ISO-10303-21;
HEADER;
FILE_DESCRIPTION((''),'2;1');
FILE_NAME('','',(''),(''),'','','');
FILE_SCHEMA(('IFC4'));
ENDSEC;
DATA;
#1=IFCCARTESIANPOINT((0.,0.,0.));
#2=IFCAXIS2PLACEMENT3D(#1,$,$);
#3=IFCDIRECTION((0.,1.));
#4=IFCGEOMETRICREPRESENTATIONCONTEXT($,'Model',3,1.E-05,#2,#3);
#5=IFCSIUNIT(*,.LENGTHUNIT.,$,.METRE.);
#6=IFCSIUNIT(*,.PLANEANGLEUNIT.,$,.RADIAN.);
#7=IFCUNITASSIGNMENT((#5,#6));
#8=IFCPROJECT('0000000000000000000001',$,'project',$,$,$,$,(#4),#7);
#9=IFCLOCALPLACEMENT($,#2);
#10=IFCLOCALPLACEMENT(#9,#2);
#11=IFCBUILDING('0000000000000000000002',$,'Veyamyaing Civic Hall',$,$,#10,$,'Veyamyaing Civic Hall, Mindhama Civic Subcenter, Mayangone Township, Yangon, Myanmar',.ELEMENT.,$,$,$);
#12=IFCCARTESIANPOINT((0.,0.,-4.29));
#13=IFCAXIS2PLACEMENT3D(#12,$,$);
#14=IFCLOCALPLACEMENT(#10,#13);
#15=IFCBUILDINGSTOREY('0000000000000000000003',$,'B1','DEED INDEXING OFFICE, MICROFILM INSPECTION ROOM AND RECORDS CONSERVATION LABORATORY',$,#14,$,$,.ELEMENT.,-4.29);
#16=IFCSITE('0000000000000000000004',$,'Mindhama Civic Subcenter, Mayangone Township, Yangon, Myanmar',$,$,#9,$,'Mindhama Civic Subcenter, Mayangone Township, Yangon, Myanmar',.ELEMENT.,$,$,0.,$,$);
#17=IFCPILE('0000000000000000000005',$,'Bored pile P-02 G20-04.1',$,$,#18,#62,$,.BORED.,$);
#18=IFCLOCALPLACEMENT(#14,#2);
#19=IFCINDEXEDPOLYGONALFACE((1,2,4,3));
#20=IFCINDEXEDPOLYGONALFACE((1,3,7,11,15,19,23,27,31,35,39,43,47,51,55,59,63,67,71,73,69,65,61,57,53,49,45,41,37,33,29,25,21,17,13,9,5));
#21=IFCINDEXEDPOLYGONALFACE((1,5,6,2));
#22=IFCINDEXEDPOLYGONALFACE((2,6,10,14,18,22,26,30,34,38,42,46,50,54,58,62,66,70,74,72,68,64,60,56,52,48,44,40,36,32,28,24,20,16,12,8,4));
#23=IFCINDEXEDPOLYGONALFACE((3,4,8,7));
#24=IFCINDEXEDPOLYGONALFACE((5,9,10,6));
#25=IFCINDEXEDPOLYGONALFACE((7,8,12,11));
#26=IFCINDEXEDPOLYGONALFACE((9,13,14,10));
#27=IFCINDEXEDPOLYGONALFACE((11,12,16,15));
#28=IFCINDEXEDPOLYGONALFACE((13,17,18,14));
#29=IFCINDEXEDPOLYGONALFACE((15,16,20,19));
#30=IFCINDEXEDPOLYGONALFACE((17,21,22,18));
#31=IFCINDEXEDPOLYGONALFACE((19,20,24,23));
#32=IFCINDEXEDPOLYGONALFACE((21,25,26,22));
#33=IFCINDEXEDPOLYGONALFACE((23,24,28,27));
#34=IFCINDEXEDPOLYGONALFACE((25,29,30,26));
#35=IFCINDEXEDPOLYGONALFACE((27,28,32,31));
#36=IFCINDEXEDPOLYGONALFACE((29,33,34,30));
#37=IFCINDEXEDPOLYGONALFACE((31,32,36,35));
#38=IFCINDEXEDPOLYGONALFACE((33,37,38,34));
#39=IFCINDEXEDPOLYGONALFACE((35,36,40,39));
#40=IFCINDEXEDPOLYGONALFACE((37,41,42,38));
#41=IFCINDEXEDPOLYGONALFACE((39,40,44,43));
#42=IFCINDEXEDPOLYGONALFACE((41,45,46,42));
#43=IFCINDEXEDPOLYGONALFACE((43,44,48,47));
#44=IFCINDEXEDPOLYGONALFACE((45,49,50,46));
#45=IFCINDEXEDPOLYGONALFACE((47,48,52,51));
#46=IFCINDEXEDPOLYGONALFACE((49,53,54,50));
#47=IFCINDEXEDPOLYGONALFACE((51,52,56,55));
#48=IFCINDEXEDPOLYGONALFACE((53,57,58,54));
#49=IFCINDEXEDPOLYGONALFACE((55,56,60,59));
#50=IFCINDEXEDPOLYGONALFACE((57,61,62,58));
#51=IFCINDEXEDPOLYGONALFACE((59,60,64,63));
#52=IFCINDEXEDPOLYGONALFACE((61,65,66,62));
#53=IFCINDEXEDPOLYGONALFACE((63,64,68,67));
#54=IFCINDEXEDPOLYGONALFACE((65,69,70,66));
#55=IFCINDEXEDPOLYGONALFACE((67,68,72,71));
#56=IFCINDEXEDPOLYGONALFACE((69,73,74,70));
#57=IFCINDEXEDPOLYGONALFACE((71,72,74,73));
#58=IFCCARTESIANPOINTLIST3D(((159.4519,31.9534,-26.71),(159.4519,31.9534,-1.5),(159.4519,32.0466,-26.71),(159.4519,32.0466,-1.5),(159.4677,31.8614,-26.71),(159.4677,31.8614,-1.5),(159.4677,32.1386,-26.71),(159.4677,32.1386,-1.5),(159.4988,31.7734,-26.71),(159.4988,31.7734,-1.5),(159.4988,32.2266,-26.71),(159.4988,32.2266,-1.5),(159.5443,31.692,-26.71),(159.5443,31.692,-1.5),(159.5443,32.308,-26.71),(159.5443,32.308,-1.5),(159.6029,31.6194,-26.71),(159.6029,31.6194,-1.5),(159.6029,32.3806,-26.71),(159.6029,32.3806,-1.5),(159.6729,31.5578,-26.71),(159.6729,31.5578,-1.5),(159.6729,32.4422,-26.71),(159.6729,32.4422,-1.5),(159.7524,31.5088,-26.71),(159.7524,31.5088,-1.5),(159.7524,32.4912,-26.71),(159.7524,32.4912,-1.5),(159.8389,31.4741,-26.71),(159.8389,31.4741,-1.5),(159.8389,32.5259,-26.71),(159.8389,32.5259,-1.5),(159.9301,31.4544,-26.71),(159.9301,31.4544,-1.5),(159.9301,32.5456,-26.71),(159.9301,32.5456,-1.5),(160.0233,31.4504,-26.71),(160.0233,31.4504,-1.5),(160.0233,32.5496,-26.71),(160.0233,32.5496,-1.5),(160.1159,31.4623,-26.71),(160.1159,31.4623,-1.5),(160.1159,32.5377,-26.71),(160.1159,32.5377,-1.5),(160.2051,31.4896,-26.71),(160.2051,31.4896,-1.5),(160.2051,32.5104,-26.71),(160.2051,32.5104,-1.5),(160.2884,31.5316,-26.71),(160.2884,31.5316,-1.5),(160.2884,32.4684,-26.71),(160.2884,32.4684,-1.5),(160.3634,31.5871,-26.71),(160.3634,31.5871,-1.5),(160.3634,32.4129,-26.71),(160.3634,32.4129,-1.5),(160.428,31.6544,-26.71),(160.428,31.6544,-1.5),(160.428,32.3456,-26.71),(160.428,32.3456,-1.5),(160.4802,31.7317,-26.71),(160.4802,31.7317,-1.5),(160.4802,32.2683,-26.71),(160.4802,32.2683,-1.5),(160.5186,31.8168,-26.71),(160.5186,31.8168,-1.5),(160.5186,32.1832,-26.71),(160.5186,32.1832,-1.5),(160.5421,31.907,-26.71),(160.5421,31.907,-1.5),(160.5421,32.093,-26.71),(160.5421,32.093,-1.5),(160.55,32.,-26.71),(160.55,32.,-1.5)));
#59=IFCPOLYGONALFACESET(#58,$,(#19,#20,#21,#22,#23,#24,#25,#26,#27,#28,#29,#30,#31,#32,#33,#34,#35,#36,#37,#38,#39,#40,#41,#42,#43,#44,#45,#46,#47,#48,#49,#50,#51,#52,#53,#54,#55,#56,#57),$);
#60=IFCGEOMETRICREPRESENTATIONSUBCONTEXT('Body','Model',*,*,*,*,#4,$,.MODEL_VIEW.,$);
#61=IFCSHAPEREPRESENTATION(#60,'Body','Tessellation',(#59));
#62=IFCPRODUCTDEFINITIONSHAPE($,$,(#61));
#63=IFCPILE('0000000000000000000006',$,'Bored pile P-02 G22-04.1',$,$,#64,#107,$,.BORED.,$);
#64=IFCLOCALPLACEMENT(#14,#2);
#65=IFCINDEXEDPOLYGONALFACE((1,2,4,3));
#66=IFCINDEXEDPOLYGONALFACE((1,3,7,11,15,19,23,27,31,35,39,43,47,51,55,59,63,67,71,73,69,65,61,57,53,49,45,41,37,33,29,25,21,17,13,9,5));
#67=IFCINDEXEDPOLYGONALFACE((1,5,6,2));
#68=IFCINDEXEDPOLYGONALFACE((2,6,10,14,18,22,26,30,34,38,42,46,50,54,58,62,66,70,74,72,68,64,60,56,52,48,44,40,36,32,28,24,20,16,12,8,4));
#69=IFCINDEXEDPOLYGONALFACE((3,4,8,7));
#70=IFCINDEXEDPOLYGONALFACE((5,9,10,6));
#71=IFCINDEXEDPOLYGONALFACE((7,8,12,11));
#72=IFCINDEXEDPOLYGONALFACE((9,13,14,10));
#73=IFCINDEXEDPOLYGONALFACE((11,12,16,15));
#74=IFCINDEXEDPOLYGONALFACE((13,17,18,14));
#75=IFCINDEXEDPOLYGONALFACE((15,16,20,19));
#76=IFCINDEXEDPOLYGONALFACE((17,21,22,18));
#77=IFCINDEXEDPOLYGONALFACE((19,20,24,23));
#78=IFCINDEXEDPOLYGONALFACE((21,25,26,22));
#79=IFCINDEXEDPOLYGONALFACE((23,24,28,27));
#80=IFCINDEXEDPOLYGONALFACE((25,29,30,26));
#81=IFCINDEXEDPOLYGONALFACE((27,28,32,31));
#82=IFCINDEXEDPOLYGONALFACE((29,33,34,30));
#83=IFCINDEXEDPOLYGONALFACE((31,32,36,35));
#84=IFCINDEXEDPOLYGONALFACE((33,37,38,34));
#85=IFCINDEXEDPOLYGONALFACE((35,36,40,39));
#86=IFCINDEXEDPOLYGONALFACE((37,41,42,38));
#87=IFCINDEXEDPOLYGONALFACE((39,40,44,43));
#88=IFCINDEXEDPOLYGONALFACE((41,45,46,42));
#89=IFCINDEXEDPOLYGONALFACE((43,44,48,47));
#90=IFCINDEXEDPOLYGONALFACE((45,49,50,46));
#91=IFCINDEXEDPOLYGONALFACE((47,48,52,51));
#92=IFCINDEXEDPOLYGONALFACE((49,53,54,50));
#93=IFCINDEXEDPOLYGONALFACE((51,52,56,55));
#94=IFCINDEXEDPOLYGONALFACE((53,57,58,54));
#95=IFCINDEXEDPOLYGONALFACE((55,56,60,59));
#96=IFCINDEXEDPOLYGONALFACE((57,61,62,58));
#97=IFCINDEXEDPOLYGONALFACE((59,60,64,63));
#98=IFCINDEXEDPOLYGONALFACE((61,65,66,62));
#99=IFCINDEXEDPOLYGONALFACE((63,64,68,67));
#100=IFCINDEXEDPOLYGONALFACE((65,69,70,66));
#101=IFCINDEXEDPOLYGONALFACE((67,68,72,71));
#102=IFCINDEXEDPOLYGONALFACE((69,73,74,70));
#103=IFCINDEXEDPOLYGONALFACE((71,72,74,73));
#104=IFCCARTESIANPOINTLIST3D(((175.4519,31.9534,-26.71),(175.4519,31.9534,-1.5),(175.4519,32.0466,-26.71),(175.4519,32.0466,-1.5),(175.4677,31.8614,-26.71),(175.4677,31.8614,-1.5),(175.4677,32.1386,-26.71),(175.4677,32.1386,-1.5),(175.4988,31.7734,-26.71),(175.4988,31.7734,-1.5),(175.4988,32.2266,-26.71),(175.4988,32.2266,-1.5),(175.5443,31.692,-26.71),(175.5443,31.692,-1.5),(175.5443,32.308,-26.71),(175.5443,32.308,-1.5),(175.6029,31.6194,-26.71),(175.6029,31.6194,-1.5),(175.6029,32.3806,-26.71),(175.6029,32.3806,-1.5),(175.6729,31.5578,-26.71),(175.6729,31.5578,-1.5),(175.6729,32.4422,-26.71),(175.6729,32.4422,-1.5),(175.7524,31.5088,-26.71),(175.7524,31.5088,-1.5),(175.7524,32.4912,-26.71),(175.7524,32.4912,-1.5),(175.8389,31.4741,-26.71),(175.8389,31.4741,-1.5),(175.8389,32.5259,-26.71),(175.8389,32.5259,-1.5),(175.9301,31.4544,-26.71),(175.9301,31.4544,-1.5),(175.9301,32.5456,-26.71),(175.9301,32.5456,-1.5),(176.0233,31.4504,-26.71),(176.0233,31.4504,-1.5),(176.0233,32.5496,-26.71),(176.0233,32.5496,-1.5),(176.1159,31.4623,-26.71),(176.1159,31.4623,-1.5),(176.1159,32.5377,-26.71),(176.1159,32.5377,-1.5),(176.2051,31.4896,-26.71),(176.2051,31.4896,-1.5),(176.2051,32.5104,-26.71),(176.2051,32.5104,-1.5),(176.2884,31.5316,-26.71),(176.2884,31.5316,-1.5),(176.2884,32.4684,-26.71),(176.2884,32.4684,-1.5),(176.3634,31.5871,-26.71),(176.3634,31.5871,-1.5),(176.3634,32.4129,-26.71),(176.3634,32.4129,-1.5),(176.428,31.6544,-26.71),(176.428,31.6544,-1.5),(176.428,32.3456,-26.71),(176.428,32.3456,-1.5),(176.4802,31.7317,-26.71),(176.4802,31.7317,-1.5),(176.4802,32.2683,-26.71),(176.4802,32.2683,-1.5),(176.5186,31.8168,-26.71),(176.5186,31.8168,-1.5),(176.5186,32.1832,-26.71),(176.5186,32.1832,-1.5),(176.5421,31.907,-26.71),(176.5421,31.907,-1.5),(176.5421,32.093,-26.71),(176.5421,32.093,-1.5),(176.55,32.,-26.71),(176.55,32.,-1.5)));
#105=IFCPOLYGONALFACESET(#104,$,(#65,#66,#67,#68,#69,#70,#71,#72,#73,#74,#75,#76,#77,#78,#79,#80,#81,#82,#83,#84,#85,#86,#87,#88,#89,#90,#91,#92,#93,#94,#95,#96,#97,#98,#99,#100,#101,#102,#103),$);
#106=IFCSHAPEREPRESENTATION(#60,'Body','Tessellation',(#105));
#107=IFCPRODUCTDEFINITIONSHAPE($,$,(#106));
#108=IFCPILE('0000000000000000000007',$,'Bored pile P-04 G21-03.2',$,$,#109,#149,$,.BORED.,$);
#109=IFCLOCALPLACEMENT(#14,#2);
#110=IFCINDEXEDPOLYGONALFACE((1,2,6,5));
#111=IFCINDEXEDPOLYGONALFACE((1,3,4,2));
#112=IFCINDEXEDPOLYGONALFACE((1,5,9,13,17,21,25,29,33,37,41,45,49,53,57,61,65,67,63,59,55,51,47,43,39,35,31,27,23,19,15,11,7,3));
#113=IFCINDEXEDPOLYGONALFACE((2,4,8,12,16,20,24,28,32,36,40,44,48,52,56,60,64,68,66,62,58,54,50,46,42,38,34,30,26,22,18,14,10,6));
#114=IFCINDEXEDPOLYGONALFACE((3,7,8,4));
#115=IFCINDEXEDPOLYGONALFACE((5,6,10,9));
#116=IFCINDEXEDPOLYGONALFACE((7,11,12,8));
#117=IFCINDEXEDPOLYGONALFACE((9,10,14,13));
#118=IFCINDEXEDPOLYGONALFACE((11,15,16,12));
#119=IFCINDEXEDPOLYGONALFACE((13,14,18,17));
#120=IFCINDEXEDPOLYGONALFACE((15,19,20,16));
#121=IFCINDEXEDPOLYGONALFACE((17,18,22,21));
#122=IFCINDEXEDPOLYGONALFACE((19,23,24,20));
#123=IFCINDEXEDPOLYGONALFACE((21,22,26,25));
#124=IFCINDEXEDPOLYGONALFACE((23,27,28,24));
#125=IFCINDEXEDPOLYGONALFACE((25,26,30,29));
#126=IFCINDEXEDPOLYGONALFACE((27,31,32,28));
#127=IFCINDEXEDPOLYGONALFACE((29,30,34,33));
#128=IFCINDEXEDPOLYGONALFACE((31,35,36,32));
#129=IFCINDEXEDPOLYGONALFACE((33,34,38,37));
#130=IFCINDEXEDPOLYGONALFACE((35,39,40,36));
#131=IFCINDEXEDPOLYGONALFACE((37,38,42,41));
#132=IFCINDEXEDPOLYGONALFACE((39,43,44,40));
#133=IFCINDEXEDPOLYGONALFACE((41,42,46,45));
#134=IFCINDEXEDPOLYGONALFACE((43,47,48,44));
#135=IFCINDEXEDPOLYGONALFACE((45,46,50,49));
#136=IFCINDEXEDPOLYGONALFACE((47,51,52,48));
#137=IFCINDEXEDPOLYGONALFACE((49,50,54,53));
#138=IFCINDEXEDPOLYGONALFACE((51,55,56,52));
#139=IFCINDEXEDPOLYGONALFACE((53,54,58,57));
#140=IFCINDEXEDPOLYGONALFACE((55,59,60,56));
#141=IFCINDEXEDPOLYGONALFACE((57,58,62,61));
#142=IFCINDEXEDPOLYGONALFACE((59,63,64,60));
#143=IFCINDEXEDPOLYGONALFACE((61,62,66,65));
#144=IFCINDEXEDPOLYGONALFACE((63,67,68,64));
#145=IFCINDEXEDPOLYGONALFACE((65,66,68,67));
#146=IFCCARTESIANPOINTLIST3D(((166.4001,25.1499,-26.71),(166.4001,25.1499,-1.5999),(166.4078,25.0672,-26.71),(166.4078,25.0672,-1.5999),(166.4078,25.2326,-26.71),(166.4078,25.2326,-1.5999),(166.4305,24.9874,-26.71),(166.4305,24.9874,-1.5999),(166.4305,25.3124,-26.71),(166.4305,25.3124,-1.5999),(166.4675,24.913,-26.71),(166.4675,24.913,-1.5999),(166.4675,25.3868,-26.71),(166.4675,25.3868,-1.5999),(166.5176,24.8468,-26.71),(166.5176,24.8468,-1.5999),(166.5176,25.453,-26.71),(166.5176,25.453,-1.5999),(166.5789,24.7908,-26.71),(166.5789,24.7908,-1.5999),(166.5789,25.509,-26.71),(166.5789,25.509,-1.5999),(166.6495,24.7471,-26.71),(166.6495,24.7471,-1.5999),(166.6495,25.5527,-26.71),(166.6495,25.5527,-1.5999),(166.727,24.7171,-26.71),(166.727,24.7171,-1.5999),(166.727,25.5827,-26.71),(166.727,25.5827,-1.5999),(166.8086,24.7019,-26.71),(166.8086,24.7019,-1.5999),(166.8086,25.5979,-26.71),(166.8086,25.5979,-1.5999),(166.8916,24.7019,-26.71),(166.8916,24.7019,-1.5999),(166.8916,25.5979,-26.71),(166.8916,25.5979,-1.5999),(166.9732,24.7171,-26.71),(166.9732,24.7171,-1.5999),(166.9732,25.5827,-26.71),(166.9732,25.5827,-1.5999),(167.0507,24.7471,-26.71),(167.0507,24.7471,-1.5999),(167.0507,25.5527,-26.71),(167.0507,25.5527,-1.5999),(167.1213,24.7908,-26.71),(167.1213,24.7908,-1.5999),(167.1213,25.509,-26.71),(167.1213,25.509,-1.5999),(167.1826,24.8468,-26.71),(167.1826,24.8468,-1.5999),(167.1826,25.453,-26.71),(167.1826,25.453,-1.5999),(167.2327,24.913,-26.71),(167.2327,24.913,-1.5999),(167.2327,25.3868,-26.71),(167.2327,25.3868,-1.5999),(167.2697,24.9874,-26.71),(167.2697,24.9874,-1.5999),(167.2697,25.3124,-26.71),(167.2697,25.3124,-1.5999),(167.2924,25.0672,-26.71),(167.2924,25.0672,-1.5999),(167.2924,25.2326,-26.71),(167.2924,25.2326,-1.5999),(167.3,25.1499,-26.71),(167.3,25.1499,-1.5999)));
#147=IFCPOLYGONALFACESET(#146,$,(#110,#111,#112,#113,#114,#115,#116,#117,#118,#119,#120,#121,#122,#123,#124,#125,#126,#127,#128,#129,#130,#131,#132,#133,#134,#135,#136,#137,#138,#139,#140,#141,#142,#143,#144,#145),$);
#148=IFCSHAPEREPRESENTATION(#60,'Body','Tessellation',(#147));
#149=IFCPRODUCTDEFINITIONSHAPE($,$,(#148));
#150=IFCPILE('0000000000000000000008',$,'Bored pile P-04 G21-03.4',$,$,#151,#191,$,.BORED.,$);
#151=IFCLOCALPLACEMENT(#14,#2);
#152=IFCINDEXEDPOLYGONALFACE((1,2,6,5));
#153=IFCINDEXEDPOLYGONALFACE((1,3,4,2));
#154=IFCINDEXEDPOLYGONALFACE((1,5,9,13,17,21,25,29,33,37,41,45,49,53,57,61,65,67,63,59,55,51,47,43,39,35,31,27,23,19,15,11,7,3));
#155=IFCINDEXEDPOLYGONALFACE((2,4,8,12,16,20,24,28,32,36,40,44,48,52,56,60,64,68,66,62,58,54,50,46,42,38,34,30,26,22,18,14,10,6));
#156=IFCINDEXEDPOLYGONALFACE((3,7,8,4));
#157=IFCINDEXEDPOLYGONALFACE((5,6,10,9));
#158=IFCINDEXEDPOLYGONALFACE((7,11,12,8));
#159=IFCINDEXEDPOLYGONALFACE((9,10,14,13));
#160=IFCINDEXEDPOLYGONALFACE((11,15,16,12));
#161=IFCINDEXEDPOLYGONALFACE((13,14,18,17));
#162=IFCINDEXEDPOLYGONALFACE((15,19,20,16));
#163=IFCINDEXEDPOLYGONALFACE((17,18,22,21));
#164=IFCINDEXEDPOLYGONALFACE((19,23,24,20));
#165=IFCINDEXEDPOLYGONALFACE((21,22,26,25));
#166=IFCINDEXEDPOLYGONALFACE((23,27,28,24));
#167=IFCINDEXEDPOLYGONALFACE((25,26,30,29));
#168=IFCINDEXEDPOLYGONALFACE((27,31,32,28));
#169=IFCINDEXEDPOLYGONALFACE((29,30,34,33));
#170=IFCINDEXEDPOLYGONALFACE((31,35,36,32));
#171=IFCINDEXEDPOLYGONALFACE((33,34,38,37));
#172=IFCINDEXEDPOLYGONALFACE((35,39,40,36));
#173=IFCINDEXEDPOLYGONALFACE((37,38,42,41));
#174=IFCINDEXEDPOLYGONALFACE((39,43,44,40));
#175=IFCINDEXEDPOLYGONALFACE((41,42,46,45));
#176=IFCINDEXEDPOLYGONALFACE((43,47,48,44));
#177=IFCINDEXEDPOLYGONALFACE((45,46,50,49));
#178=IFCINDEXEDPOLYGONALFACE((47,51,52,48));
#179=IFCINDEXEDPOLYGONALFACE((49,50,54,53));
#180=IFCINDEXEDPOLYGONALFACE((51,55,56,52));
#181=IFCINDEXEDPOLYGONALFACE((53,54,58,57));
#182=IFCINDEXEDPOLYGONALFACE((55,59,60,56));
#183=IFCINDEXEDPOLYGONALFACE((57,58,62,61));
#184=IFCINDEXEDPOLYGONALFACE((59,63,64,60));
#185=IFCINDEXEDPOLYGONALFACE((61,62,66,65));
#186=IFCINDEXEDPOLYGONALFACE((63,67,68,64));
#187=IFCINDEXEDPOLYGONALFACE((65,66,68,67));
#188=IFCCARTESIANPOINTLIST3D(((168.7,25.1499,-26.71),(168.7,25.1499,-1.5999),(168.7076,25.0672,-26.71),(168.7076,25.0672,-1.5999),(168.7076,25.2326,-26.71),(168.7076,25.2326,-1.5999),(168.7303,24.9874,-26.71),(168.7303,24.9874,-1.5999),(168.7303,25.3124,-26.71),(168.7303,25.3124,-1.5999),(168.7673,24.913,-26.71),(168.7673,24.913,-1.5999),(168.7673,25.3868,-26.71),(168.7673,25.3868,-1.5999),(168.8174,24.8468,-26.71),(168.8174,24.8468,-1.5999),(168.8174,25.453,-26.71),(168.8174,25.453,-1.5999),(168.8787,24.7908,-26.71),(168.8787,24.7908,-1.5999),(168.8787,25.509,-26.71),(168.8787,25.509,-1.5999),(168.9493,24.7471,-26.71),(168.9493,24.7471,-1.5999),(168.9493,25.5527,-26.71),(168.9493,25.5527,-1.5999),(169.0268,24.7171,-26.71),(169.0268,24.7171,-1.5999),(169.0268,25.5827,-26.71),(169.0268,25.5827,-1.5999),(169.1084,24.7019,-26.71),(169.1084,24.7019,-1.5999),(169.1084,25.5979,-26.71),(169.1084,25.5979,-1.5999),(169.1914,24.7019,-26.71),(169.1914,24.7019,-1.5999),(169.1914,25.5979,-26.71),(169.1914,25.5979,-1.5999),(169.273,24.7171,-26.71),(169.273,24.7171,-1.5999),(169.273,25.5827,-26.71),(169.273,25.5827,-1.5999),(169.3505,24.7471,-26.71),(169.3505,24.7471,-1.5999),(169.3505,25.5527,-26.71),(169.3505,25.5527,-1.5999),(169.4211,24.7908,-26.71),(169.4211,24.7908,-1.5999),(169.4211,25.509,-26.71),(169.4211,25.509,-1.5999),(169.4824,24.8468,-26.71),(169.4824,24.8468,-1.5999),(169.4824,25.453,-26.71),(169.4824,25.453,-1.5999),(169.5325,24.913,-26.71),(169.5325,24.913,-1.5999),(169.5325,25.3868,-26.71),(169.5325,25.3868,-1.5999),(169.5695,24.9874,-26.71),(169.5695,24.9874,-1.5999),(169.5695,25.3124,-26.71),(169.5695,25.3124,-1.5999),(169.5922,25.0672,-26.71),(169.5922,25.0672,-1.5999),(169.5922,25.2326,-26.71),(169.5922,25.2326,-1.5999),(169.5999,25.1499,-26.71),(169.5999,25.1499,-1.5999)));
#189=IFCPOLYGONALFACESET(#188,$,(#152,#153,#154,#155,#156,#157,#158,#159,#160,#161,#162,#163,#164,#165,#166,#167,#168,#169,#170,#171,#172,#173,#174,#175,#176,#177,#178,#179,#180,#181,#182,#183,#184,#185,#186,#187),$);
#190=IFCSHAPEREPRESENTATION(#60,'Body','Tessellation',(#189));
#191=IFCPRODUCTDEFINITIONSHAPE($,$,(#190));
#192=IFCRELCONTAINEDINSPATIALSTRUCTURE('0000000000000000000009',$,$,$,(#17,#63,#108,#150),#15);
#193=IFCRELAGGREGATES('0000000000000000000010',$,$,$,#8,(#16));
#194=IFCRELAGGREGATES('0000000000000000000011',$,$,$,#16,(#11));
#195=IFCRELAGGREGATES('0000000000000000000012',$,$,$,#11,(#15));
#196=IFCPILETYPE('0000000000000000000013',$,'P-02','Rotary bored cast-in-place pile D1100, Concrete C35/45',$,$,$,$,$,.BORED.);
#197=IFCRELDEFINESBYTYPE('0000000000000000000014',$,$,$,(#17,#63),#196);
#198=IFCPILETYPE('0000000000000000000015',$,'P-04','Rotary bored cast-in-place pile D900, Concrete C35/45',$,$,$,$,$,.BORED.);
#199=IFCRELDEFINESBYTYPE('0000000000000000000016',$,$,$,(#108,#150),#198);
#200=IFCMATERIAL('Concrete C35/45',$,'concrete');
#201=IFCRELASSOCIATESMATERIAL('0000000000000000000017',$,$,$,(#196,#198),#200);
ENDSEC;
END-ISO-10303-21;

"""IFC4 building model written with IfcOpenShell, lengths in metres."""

from ifc_helpers import new_model, si_unit, direction, frame, origin, origin_2d, place, context, subcontext, project, spatial, circle, extrude, material, material_profile, profile_set, type_object, element, save


model = new_model("IFC4")

# Units and contexts
model_context = context("Model", 3, precision=1e-05, world=origin(), true_north=direction((0.0, 1.0)))
body_context = subcontext(model_context, "Body", "Model", "MODEL_VIEW")
ifc_project = project(units=[si_unit("LENGTHUNIT", "METRE"), si_unit("PLANEANGLEUNIT", "RADIAN")], contexts=[model_context])

# Site, building, storey
site_placement = place(None, origin())
site = spatial("IfcSite", under=ifc_project, at=site_placement, Name="Mindhama Civic Subcenter, Mayangone Township, Yangon, Myanmar", LongName="Mindhama Civic Subcenter, Mayangone Township, Yangon, Myanmar", CompositionType="ELEMENT", RefElevation=0.0)
building_placement = place(site_placement, origin())
building = spatial("IfcBuilding", under=site, at=building_placement, Name="Veyamyaing Civic Hall", LongName="Veyamyaing Civic Hall, Mindhama Civic Subcenter, Mayangone Township, Yangon, Myanmar", CompositionType="ELEMENT")
storey_placement = place(building_placement, frame((0.0, 0.0, -4.29)))
storey = spatial("IfcBuildingStorey", under=building, at=storey_placement, Name="B1", Description="DEED INDEXING OFFICE, MICROFILM INSPECTION ROOM AND RECORDS CONSERVATION LABORATORY", CompositionType="ELEMENT", Elevation=-4.29)

# Piles
ifc_material_1 = material(Name="Concrete C35/45", Category="concrete")
ifc_material_profile_1 = material_profile(ifc_material_1, circle(Radius=0.55, at=origin_2d()), Name="PILE-D1100")
ifc_profile_set_1 = profile_set([ifc_material_profile_1], Name="Concrete C35/45")
pile_type_1 = type_object("IfcPileType", Name="P-02", Description="Rotary bored cast-in-place pile D1100, Concrete C35/45", PredefinedType="BORED", material=ifc_profile_set_1)
for number, where, z_axis, x_axis, name in (
    (1, (160.0, 32.0, -1.5), (0.0, 0.0, -1.0), (1.0, 0.0, 0.0), "Bored pile P-02 G20-04.1"),
    (2, (176.0, 32.0, -1.5), (0.0, 0.0, -1.0), (1.0, 0.0, 0.0), "Bored pile P-02 G22-04.1"),
):
    element("IfcPile", number, at=place(storey_placement, frame(where, z_axis=z_axis, x_axis=x_axis)), inside=storey, type_object=pile_type_1, Name=name, PredefinedType="BORED", context=body_context, shape_type="SweptSolid", body=[
        extrude(circle(Radius=0.55, at=origin_2d()), origin(), (0.0, 0.0, 1.0), 25.21),
    ])
ifc_material_profile_2 = material_profile(ifc_material_1, circle(Radius=0.45, at=origin_2d()), Name="PILE-D900")
ifc_profile_set_2 = profile_set([ifc_material_profile_2], Name="Concrete C35/45")
pile_type_2 = type_object("IfcPileType", Name="P-04", Description="Rotary bored cast-in-place pile D900, Concrete C35/45", PredefinedType="BORED", material=ifc_profile_set_2)
for number, where, z_axis, x_axis, name in (
    (3, (166.8501, 25.1499, -1.5999), (0.0, 0.0, -1.0), (1.0, 0.0, 0.0), "Bored pile P-04 G21-03.2"),
    (4, (169.1499, 25.1499, -1.5999), (0.0, 0.0, -1.0), (1.0, 0.0, 0.0), "Bored pile P-04 G21-03.4"),
):
    element("IfcPile", number, at=place(storey_placement, frame(where, z_axis=z_axis, x_axis=x_axis)), inside=storey, type_object=pile_type_2, Name=name, PredefinedType="BORED", context=body_context, shape_type="SweptSolid", body=[
        extrude(circle(Radius=0.45, at=origin_2d()), origin(), (0.0, 0.0, 1.0), 25.1101),
    ])

save(model, "model.ifc")
